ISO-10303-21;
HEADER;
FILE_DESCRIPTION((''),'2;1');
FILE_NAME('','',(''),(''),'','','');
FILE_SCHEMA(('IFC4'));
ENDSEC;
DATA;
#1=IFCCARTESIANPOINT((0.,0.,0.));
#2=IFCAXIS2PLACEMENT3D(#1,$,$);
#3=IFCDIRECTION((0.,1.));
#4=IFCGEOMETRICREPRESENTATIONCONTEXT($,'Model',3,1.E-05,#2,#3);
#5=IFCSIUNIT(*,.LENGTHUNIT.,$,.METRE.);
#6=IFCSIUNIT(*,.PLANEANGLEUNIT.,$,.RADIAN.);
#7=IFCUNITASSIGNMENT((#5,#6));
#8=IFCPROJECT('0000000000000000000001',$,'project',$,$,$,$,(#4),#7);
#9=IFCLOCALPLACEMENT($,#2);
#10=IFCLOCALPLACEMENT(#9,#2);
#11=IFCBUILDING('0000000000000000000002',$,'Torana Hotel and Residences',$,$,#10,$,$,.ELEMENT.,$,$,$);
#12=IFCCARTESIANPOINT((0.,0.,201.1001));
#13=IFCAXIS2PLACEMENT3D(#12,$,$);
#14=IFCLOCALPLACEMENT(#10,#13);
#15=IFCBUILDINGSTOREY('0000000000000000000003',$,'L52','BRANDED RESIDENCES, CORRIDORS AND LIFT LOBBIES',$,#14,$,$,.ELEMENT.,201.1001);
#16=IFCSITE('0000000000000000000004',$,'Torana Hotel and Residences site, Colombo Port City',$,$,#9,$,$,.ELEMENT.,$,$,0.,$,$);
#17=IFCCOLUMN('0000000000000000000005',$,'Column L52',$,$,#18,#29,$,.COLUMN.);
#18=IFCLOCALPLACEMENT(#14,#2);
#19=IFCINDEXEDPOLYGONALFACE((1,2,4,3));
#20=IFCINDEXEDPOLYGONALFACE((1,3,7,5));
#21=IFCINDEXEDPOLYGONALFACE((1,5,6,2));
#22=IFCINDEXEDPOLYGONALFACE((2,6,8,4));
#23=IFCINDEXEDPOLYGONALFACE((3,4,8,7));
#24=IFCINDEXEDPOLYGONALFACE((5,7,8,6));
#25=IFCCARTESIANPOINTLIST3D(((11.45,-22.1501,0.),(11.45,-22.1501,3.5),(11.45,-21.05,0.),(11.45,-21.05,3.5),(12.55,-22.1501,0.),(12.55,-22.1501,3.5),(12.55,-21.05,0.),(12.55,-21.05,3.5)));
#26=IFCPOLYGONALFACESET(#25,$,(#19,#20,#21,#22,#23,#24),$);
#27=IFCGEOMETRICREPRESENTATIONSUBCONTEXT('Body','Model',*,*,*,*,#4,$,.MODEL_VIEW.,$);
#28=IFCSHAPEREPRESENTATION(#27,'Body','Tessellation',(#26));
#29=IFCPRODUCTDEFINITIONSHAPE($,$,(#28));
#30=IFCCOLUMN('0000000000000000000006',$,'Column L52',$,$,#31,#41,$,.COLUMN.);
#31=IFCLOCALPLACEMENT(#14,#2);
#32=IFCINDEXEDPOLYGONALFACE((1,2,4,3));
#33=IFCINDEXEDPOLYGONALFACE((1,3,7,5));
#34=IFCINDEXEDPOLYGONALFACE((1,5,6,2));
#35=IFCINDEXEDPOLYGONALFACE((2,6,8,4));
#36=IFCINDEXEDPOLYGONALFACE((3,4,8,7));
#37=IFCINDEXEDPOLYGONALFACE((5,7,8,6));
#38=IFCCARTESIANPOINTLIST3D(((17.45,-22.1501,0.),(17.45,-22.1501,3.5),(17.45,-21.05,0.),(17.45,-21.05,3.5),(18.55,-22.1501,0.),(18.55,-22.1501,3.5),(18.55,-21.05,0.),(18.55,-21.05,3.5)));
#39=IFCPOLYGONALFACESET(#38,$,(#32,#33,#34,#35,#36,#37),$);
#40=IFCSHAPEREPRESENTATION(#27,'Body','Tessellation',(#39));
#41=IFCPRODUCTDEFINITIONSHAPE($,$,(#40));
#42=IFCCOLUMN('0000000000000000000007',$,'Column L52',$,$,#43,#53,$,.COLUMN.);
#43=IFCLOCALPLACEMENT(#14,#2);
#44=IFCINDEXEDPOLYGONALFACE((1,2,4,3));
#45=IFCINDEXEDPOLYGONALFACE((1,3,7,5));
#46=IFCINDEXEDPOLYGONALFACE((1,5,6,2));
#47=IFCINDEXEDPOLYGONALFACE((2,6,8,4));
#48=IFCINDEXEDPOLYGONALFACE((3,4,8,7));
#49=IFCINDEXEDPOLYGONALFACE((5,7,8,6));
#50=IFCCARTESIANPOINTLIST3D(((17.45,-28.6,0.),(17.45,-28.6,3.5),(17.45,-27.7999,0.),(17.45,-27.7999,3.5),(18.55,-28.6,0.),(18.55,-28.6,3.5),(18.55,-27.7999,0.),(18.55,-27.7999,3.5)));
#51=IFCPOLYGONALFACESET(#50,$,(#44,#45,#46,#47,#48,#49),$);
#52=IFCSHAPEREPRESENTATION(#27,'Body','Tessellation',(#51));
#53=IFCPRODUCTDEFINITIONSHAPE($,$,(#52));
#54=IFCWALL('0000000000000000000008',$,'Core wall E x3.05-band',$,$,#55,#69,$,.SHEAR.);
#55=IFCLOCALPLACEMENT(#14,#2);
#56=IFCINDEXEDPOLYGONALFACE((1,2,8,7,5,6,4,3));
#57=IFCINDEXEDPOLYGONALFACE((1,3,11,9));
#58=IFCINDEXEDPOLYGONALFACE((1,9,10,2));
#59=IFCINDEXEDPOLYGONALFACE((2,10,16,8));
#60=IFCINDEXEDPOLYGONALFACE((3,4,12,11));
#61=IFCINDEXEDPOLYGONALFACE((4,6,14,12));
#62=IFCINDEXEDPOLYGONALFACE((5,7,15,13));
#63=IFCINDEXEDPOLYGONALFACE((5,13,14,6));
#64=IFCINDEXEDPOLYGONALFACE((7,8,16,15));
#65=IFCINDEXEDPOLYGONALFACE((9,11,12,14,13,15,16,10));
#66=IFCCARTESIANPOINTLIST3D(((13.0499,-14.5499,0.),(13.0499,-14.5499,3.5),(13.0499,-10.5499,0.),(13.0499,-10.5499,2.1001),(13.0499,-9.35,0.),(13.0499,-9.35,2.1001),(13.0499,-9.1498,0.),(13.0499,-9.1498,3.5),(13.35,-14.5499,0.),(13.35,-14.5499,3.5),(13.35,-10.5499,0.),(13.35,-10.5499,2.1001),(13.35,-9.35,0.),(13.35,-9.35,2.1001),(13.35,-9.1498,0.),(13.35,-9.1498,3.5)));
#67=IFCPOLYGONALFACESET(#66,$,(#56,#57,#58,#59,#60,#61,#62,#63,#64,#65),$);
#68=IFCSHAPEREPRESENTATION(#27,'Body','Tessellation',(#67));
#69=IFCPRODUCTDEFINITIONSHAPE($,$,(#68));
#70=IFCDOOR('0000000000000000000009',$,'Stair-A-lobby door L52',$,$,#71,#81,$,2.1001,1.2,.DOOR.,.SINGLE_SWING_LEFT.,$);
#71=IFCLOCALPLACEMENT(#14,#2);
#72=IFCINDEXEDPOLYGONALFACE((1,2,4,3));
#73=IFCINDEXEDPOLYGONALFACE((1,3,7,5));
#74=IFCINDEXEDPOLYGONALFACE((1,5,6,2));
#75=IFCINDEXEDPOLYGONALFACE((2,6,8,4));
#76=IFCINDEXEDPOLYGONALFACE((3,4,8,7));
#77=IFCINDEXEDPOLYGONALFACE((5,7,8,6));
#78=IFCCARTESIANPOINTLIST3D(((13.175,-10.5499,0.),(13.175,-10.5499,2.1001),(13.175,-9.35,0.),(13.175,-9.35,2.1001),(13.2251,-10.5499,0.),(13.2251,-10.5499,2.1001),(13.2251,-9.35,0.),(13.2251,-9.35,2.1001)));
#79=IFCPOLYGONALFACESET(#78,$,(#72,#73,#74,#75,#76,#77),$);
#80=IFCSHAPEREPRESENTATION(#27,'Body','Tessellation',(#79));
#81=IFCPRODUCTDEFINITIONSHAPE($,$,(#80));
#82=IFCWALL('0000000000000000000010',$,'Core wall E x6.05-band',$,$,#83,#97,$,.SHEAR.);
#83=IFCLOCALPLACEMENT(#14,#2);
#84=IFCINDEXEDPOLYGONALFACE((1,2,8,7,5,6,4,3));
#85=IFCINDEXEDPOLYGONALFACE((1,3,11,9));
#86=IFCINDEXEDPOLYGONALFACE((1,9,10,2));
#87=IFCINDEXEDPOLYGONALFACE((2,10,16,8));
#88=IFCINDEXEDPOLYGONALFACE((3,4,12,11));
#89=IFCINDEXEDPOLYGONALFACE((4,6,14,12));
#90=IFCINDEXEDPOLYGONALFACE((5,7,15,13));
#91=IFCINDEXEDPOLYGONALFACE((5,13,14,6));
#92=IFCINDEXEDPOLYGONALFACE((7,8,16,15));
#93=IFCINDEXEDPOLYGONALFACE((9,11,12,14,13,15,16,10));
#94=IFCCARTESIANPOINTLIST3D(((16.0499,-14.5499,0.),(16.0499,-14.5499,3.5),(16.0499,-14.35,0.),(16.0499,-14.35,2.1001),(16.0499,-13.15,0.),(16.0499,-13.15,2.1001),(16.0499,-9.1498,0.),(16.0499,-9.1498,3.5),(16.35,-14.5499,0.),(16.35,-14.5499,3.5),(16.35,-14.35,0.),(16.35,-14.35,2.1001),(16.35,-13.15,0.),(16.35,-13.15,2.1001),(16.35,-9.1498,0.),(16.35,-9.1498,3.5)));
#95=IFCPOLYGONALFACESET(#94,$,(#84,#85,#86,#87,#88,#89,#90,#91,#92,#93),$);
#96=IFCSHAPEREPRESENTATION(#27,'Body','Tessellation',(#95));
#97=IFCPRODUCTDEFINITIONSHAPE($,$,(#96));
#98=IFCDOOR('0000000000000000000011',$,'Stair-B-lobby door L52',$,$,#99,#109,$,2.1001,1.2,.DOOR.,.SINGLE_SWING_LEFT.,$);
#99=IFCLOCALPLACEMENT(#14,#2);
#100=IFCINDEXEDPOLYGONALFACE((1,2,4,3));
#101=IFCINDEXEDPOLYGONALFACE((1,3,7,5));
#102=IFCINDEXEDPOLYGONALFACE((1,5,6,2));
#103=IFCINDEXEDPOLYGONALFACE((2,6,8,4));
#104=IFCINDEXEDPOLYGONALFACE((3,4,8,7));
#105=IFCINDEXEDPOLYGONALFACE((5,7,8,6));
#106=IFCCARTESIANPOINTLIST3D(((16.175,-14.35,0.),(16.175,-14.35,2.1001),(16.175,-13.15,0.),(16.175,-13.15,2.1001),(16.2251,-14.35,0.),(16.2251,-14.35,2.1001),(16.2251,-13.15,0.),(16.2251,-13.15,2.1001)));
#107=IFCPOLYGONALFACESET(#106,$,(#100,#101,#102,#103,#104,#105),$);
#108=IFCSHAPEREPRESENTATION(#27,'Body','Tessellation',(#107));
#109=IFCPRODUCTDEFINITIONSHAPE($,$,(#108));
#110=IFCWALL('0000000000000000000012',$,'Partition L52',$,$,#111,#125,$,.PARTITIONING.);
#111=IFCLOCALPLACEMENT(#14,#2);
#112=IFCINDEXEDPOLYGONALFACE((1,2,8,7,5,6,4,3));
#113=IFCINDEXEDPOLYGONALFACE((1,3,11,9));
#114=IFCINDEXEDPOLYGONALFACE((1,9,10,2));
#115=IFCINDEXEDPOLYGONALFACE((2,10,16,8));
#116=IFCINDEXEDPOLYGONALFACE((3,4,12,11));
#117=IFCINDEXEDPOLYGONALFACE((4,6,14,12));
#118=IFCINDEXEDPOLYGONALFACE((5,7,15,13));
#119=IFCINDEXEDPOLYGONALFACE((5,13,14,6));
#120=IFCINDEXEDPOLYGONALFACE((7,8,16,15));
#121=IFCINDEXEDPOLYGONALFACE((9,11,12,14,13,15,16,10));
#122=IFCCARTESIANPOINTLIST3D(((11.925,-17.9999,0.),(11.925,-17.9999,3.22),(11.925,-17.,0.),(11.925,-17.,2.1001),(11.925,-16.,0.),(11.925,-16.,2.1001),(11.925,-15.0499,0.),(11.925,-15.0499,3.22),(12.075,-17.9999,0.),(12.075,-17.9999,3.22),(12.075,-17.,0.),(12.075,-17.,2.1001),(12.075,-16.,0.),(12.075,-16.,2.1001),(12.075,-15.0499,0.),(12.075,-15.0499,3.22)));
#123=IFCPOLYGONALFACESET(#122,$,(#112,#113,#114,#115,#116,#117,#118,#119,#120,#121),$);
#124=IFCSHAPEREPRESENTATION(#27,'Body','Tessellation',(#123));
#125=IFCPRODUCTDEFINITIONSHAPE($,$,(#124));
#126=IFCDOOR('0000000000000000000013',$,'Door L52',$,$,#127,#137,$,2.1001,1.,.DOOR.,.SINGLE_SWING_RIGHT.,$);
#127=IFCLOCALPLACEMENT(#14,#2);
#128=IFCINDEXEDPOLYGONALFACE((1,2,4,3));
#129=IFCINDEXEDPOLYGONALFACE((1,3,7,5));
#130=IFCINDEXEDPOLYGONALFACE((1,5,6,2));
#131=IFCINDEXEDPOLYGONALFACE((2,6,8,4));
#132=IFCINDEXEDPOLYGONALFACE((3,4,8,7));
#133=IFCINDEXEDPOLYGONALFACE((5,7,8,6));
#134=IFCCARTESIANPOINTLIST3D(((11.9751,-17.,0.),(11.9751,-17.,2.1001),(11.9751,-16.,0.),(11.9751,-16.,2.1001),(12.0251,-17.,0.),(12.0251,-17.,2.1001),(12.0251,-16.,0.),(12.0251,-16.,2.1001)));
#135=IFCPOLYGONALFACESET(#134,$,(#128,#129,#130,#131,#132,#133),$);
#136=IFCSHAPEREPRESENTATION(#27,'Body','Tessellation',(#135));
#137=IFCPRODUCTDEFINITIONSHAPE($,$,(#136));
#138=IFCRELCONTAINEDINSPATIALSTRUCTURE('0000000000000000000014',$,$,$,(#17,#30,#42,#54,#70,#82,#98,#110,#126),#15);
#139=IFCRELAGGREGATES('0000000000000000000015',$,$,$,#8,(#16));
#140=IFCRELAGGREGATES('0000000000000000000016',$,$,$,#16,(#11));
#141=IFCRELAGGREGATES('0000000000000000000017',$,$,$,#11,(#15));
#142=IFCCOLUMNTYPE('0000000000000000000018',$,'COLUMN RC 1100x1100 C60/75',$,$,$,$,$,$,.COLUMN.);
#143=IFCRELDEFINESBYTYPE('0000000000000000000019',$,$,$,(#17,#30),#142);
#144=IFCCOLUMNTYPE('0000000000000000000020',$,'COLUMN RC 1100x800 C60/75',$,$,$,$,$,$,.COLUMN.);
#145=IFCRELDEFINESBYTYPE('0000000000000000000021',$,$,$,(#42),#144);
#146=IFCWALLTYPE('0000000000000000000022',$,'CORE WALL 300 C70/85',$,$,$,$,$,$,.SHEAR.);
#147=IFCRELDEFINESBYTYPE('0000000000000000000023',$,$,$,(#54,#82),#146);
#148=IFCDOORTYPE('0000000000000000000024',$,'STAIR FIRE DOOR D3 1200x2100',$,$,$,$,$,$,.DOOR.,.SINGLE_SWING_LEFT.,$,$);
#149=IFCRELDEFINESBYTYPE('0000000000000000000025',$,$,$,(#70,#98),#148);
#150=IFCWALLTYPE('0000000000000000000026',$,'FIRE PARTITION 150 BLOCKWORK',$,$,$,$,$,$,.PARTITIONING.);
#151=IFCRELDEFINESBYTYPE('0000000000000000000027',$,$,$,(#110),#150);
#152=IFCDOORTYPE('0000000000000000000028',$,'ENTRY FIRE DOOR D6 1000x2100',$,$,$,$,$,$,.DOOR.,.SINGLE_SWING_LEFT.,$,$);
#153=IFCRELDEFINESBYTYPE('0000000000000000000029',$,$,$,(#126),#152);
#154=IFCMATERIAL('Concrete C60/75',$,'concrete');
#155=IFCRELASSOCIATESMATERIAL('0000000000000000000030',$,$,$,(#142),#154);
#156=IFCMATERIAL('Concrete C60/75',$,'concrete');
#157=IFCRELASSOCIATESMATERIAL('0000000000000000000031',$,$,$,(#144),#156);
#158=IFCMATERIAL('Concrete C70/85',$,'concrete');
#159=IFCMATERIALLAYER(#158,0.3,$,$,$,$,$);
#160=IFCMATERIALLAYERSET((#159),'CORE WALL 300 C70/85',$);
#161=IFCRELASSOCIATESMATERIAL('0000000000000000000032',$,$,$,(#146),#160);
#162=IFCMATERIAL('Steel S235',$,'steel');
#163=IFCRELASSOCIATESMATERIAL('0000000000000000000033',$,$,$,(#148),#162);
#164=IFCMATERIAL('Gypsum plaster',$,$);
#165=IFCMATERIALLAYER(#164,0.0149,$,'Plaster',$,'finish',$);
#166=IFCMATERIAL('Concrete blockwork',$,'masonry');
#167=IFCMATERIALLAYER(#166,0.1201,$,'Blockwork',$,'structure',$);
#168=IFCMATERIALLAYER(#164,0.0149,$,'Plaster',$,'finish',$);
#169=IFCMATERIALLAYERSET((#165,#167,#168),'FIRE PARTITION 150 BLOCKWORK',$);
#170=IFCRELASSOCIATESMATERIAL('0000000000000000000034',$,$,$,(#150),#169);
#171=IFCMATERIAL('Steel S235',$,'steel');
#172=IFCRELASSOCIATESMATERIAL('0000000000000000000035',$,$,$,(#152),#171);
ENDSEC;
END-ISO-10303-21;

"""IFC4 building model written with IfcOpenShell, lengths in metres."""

from ifc_helpers import new_model, si_unit, direction, frame, frame_2d, origin, origin_2d, place, context, subcontext, project, spatial, rectangle, extrude, material, layer, layer_set, material_profile, profile_set, type_object, element, fill, save


model = new_model("IFC4")

# Units and contexts
model_context = context("Model", 3, precision=1e-05, world=origin(), true_north=direction((0.0, 1.0)))
body_context = subcontext(model_context, "Body", "Model", "MODEL_VIEW")
ifc_project = project(units=[si_unit("LENGTHUNIT", "METRE"), si_unit("PLANEANGLEUNIT", "RADIAN")], contexts=[model_context])

# Site, building, storey
site_placement = place(None, origin())
site = spatial("IfcSite", under=ifc_project, at=site_placement, Name="Torana Hotel and Residences site, Colombo Port City", CompositionType="ELEMENT", RefElevation=0.0)
building_placement = place(site_placement, origin())
building = spatial("IfcBuilding", under=site, at=building_placement, Name="Torana Hotel and Residences", CompositionType="ELEMENT")
storey_placement = place(building_placement, frame((0.0, 0.0, 201.1001)))
storey = spatial("IfcBuildingStorey", under=building, at=storey_placement, Name="L52", Description="BRANDED RESIDENCES, CORRIDORS AND LIFT LOBBIES", CompositionType="ELEMENT", Elevation=201.1001)

# Columns
ifc_material_1 = material(Name="Concrete C60/75", Category="concrete")
ifc_material_profile_1 = material_profile(ifc_material_1, rectangle(XDim=1.1001, YDim=1.1001, at=origin_2d()), Name="RC 1100x1100")
ifc_profile_set_1 = profile_set([ifc_material_profile_1], Name="Concrete C60/75")
column_type_1 = type_object("IfcColumnType", Name="COLUMN RC 1100x1100 C60/75", PredefinedType="COLUMN", material=ifc_profile_set_1)
for number, where, z_axis, x_axis, name in (
    (1, (12.0, -21.6001, 0.0), (0.0, 0.0, 1.0), (1.0, 0.0, 0.0), "Column L52"),
    (2, (18.0, -21.6001, 0.0), (0.0, 0.0, 1.0), (1.0, 0.0, 0.0), "Column L52"),
):
    element("IfcColumn", number, at=place(storey_placement, frame(where, z_axis=z_axis, x_axis=x_axis)), inside=storey, type_object=column_type_1, Name=name, PredefinedType="COLUMN", context=body_context, shape_type="SweptSolid", body=[
        extrude(rectangle(XDim=1.1001, YDim=1.1001, at=origin_2d()), origin(), (0.0, 0.0, 1.0), 3.5),
    ])
ifc_material_2 = material(Name="Concrete C60/75", Category="concrete")
ifc_material_profile_2 = material_profile(ifc_material_2, rectangle(XDim=1.1001, YDim=0.8, at=origin_2d()), Name="RC 1100x800")
ifc_profile_set_2 = profile_set([ifc_material_profile_2], Name="Concrete C60/75")
column_type_2 = type_object("IfcColumnType", Name="COLUMN RC 1100x800 C60/75", PredefinedType="COLUMN", material=ifc_profile_set_2)
column_placement = place(storey_placement, frame((18.0, -28.2, 0.0), z_axis=(0.0, 0.0, 1.0), x_axis=(1.0, 0.0, 0.0)))
element("IfcColumn", 3, at=column_placement, inside=storey, type_object=column_type_2, Name="Column L52", PredefinedType="COLUMN", context=body_context, shape_type="SweptSolid", body=[
    extrude(rectangle(XDim=1.1001, YDim=0.8, at=origin_2d()), origin(), (0.0, 0.0, 1.0), 3.5),
])

# Walls, openings, doors
ifc_material_3 = material(Name="Concrete C70/85", Category="concrete")
ifc_layer_1 = layer(ifc_material_3, 0.3)
ifc_layer_set_1 = layer_set([ifc_layer_1], Name="CORE WALL 300 C70/85")
wall_type_1 = type_object("IfcWallType", Name="CORE WALL 300 C70/85", PredefinedType="SHEAR", material=ifc_layer_set_1)
wall_1_placement = place(storey_placement, frame((13.2, -14.55, 0.0), z_axis=(0.0, 0.0, 1.0), x_axis=(0.0, 1.0, 0.0)))
wall_1 = element("IfcWall", 4, at=wall_1_placement, inside=storey, type_object=wall_type_1, Name="Core wall E x3.05-band", PredefinedType="SHEAR", context=body_context, shape_type="SweptSolid", body=[
    extrude(rectangle(XDim=5.4001, YDim=0.3, at=frame_2d((2.7002, 0.0))), origin(), (0.0, 0.0, 1.0), 3.5),
])
opening_1_placement = place(wall_1_placement, frame((4.0, 0.0, 0.0)))
opening_1 = element("IfcOpeningElement", 5, at=opening_1_placement, cuts=wall_1, PredefinedType="OPENING", context=body_context, shape_type="SweptSolid", body=[
    extrude(rectangle(XDim=1.2, YDim=2.1001, at=frame_2d((0.6001, 1.05))), frame((0.0, 0.1599, 0.0), z_axis=(0.0, -1.0, 0.0), x_axis=(1.0, 0.0, 0.0)), (0.0, 0.0, 1.0), 0.3201),
])
ifc_material_4 = material(Name="Steel S235", Category="steel")
door_type_1 = type_object("IfcDoorType", Name="STAIR FIRE DOOR D3 1200x2100", OperationType="SINGLE_SWING_LEFT", PredefinedType="DOOR", material=ifc_material_4)
door_1_placement = place(opening_1_placement, origin())
door_1 = element("IfcDoor", 6, at=door_1_placement, inside=storey, type_object=door_type_1, Name="Stair-A-lobby door L52", OperationType="SINGLE_SWING_LEFT", OverallHeight=2.1001, OverallWidth=1.2, PredefinedType="DOOR", context=body_context, shape_type="SweptSolid", body=[
    extrude(rectangle(XDim=1.2, YDim=2.1001, at=frame_2d((0.6001, 1.05))), frame((0.0, 0.0249, 0.0), z_axis=(0.0, -1.0, 0.0), x_axis=(1.0, 0.0, 0.0)), (0.0, 0.0, 1.0), 0.05),
])
fill(opening_1, door_1)
wall_2_placement = place(storey_placement, frame((16.2, -14.55, 0.0), z_axis=(0.0, 0.0, 1.0), x_axis=(0.0, 1.0, 0.0)))
wall_2 = element("IfcWall", 7, at=wall_2_placement, inside=storey, type_object=wall_type_1, Name="Core wall E x6.05-band", PredefinedType="SHEAR", context=body_context, shape_type="SweptSolid", body=[
    extrude(rectangle(XDim=5.4001, YDim=0.3, at=frame_2d((2.7002, 0.0))), origin(), (0.0, 0.0, 1.0), 3.5),
])
opening_2_placement = place(wall_2_placement, frame((0.2, 0.0, 0.0)))
opening_2 = element("IfcOpeningElement", 8, at=opening_2_placement, cuts=wall_2, PredefinedType="OPENING", context=body_context, shape_type="SweptSolid", body=[
    extrude(rectangle(XDim=1.2, YDim=2.1001, at=frame_2d((0.6001, 1.05))), frame((0.0, 0.1599, 0.0), z_axis=(0.0, -1.0, 0.0), x_axis=(1.0, 0.0, 0.0)), (0.0, 0.0, 1.0), 0.3201),
])
door_2_placement = place(opening_2_placement, frame((0.6001, 0.0, 0.0), z_axis=(0.0, 0.0, 1.0), x_axis=(-1.0, 0.0, 0.0)))
door_2 = element("IfcDoor", 9, at=door_2_placement, inside=storey, type_object=door_type_1, Name="Stair-B-lobby door L52", OperationType="SINGLE_SWING_LEFT", OverallHeight=2.1001, OverallWidth=1.2, PredefinedType="DOOR", context=body_context, shape_type="SweptSolid", body=[
    extrude(rectangle(XDim=1.2, YDim=2.1001, at=frame_2d((0.0, 1.05))), frame((0.0, -0.0249, 0.0), z_axis=(0.0, 1.0, 0.0), x_axis=(-1.0, 0.0, 0.0)), (0.0, 0.0, 1.0), 0.05),
])
fill(opening_2, door_2)
ifc_material_5 = material(Name="Gypsum plaster")
ifc_layer_2 = layer(ifc_material_5, 0.0149, Name="Plaster", Category="finish")
ifc_material_6 = material(Name="Concrete blockwork", Category="masonry")
ifc_layer_3 = layer(ifc_material_6, 0.1201, Name="Blockwork", Category="structure")
ifc_layer_4 = layer(ifc_material_5, 0.0149, Name="Plaster", Category="finish")
ifc_layer_set_2 = layer_set([ifc_layer_2, ifc_layer_3, ifc_layer_4], Name="FIRE PARTITION 150 BLOCKWORK")
wall_type_2 = type_object("IfcWallType", Name="FIRE PARTITION 150 BLOCKWORK", PredefinedType="PARTITIONING", material=ifc_layer_set_2)
wall_3_placement = place(storey_placement, frame((12.0, -18.0, 0.0), z_axis=(0.0, 0.0, 1.0), x_axis=(0.0, 1.0, 0.0)))
wall_3 = element("IfcWall", 10, at=wall_3_placement, inside=storey, type_object=wall_type_2, Name="Partition L52", PredefinedType="PARTITIONING", context=body_context, shape_type="SweptSolid", body=[
    extrude(rectangle(XDim=2.95, YDim=0.1499, at=frame_2d((1.4751, 0.0))), origin(), (0.0, 0.0, 1.0), 3.22),
])
opening_3_placement = place(wall_3_placement, frame((1.0, 0.0, 0.0)))
opening_3 = element("IfcOpeningElement", 11, at=opening_3_placement, cuts=wall_3, PredefinedType="OPENING", context=body_context, shape_type="SweptSolid", body=[
    extrude(rectangle(XDim=1.0, YDim=2.1001, at=frame_2d((0.5, 1.05))), frame((0.0, 0.085, 0.0), z_axis=(0.0, -1.0, 0.0), x_axis=(1.0, 0.0, 0.0)), (0.0, 0.0, 1.0), 0.1699),
])
ifc_material_7 = material(Name="Steel S235", Category="steel")
door_type_2 = type_object("IfcDoorType", Name="ENTRY FIRE DOOR D6 1000x2100", OperationType="SINGLE_SWING_LEFT", PredefinedType="DOOR", material=ifc_material_7)
door_3_placement = place(opening_3_placement, origin())
door_3 = element("IfcDoor", 12, at=door_3_placement, inside=storey, type_object=door_type_2, Name="Door L52", OperationType="SINGLE_SWING_RIGHT", OverallHeight=2.1001, OverallWidth=1.0, PredefinedType="DOOR", context=body_context, shape_type="SweptSolid", body=[
    extrude(rectangle(XDim=1.0, YDim=2.1001, at=frame_2d((0.5, 1.05))), frame((0.0, 0.0249, 0.0), z_axis=(0.0, -1.0, 0.0), x_axis=(1.0, 0.0, 0.0)), (0.0, 0.0, 1.0), 0.05),
])
fill(opening_3, door_3)

save(model, "model.ifc")
